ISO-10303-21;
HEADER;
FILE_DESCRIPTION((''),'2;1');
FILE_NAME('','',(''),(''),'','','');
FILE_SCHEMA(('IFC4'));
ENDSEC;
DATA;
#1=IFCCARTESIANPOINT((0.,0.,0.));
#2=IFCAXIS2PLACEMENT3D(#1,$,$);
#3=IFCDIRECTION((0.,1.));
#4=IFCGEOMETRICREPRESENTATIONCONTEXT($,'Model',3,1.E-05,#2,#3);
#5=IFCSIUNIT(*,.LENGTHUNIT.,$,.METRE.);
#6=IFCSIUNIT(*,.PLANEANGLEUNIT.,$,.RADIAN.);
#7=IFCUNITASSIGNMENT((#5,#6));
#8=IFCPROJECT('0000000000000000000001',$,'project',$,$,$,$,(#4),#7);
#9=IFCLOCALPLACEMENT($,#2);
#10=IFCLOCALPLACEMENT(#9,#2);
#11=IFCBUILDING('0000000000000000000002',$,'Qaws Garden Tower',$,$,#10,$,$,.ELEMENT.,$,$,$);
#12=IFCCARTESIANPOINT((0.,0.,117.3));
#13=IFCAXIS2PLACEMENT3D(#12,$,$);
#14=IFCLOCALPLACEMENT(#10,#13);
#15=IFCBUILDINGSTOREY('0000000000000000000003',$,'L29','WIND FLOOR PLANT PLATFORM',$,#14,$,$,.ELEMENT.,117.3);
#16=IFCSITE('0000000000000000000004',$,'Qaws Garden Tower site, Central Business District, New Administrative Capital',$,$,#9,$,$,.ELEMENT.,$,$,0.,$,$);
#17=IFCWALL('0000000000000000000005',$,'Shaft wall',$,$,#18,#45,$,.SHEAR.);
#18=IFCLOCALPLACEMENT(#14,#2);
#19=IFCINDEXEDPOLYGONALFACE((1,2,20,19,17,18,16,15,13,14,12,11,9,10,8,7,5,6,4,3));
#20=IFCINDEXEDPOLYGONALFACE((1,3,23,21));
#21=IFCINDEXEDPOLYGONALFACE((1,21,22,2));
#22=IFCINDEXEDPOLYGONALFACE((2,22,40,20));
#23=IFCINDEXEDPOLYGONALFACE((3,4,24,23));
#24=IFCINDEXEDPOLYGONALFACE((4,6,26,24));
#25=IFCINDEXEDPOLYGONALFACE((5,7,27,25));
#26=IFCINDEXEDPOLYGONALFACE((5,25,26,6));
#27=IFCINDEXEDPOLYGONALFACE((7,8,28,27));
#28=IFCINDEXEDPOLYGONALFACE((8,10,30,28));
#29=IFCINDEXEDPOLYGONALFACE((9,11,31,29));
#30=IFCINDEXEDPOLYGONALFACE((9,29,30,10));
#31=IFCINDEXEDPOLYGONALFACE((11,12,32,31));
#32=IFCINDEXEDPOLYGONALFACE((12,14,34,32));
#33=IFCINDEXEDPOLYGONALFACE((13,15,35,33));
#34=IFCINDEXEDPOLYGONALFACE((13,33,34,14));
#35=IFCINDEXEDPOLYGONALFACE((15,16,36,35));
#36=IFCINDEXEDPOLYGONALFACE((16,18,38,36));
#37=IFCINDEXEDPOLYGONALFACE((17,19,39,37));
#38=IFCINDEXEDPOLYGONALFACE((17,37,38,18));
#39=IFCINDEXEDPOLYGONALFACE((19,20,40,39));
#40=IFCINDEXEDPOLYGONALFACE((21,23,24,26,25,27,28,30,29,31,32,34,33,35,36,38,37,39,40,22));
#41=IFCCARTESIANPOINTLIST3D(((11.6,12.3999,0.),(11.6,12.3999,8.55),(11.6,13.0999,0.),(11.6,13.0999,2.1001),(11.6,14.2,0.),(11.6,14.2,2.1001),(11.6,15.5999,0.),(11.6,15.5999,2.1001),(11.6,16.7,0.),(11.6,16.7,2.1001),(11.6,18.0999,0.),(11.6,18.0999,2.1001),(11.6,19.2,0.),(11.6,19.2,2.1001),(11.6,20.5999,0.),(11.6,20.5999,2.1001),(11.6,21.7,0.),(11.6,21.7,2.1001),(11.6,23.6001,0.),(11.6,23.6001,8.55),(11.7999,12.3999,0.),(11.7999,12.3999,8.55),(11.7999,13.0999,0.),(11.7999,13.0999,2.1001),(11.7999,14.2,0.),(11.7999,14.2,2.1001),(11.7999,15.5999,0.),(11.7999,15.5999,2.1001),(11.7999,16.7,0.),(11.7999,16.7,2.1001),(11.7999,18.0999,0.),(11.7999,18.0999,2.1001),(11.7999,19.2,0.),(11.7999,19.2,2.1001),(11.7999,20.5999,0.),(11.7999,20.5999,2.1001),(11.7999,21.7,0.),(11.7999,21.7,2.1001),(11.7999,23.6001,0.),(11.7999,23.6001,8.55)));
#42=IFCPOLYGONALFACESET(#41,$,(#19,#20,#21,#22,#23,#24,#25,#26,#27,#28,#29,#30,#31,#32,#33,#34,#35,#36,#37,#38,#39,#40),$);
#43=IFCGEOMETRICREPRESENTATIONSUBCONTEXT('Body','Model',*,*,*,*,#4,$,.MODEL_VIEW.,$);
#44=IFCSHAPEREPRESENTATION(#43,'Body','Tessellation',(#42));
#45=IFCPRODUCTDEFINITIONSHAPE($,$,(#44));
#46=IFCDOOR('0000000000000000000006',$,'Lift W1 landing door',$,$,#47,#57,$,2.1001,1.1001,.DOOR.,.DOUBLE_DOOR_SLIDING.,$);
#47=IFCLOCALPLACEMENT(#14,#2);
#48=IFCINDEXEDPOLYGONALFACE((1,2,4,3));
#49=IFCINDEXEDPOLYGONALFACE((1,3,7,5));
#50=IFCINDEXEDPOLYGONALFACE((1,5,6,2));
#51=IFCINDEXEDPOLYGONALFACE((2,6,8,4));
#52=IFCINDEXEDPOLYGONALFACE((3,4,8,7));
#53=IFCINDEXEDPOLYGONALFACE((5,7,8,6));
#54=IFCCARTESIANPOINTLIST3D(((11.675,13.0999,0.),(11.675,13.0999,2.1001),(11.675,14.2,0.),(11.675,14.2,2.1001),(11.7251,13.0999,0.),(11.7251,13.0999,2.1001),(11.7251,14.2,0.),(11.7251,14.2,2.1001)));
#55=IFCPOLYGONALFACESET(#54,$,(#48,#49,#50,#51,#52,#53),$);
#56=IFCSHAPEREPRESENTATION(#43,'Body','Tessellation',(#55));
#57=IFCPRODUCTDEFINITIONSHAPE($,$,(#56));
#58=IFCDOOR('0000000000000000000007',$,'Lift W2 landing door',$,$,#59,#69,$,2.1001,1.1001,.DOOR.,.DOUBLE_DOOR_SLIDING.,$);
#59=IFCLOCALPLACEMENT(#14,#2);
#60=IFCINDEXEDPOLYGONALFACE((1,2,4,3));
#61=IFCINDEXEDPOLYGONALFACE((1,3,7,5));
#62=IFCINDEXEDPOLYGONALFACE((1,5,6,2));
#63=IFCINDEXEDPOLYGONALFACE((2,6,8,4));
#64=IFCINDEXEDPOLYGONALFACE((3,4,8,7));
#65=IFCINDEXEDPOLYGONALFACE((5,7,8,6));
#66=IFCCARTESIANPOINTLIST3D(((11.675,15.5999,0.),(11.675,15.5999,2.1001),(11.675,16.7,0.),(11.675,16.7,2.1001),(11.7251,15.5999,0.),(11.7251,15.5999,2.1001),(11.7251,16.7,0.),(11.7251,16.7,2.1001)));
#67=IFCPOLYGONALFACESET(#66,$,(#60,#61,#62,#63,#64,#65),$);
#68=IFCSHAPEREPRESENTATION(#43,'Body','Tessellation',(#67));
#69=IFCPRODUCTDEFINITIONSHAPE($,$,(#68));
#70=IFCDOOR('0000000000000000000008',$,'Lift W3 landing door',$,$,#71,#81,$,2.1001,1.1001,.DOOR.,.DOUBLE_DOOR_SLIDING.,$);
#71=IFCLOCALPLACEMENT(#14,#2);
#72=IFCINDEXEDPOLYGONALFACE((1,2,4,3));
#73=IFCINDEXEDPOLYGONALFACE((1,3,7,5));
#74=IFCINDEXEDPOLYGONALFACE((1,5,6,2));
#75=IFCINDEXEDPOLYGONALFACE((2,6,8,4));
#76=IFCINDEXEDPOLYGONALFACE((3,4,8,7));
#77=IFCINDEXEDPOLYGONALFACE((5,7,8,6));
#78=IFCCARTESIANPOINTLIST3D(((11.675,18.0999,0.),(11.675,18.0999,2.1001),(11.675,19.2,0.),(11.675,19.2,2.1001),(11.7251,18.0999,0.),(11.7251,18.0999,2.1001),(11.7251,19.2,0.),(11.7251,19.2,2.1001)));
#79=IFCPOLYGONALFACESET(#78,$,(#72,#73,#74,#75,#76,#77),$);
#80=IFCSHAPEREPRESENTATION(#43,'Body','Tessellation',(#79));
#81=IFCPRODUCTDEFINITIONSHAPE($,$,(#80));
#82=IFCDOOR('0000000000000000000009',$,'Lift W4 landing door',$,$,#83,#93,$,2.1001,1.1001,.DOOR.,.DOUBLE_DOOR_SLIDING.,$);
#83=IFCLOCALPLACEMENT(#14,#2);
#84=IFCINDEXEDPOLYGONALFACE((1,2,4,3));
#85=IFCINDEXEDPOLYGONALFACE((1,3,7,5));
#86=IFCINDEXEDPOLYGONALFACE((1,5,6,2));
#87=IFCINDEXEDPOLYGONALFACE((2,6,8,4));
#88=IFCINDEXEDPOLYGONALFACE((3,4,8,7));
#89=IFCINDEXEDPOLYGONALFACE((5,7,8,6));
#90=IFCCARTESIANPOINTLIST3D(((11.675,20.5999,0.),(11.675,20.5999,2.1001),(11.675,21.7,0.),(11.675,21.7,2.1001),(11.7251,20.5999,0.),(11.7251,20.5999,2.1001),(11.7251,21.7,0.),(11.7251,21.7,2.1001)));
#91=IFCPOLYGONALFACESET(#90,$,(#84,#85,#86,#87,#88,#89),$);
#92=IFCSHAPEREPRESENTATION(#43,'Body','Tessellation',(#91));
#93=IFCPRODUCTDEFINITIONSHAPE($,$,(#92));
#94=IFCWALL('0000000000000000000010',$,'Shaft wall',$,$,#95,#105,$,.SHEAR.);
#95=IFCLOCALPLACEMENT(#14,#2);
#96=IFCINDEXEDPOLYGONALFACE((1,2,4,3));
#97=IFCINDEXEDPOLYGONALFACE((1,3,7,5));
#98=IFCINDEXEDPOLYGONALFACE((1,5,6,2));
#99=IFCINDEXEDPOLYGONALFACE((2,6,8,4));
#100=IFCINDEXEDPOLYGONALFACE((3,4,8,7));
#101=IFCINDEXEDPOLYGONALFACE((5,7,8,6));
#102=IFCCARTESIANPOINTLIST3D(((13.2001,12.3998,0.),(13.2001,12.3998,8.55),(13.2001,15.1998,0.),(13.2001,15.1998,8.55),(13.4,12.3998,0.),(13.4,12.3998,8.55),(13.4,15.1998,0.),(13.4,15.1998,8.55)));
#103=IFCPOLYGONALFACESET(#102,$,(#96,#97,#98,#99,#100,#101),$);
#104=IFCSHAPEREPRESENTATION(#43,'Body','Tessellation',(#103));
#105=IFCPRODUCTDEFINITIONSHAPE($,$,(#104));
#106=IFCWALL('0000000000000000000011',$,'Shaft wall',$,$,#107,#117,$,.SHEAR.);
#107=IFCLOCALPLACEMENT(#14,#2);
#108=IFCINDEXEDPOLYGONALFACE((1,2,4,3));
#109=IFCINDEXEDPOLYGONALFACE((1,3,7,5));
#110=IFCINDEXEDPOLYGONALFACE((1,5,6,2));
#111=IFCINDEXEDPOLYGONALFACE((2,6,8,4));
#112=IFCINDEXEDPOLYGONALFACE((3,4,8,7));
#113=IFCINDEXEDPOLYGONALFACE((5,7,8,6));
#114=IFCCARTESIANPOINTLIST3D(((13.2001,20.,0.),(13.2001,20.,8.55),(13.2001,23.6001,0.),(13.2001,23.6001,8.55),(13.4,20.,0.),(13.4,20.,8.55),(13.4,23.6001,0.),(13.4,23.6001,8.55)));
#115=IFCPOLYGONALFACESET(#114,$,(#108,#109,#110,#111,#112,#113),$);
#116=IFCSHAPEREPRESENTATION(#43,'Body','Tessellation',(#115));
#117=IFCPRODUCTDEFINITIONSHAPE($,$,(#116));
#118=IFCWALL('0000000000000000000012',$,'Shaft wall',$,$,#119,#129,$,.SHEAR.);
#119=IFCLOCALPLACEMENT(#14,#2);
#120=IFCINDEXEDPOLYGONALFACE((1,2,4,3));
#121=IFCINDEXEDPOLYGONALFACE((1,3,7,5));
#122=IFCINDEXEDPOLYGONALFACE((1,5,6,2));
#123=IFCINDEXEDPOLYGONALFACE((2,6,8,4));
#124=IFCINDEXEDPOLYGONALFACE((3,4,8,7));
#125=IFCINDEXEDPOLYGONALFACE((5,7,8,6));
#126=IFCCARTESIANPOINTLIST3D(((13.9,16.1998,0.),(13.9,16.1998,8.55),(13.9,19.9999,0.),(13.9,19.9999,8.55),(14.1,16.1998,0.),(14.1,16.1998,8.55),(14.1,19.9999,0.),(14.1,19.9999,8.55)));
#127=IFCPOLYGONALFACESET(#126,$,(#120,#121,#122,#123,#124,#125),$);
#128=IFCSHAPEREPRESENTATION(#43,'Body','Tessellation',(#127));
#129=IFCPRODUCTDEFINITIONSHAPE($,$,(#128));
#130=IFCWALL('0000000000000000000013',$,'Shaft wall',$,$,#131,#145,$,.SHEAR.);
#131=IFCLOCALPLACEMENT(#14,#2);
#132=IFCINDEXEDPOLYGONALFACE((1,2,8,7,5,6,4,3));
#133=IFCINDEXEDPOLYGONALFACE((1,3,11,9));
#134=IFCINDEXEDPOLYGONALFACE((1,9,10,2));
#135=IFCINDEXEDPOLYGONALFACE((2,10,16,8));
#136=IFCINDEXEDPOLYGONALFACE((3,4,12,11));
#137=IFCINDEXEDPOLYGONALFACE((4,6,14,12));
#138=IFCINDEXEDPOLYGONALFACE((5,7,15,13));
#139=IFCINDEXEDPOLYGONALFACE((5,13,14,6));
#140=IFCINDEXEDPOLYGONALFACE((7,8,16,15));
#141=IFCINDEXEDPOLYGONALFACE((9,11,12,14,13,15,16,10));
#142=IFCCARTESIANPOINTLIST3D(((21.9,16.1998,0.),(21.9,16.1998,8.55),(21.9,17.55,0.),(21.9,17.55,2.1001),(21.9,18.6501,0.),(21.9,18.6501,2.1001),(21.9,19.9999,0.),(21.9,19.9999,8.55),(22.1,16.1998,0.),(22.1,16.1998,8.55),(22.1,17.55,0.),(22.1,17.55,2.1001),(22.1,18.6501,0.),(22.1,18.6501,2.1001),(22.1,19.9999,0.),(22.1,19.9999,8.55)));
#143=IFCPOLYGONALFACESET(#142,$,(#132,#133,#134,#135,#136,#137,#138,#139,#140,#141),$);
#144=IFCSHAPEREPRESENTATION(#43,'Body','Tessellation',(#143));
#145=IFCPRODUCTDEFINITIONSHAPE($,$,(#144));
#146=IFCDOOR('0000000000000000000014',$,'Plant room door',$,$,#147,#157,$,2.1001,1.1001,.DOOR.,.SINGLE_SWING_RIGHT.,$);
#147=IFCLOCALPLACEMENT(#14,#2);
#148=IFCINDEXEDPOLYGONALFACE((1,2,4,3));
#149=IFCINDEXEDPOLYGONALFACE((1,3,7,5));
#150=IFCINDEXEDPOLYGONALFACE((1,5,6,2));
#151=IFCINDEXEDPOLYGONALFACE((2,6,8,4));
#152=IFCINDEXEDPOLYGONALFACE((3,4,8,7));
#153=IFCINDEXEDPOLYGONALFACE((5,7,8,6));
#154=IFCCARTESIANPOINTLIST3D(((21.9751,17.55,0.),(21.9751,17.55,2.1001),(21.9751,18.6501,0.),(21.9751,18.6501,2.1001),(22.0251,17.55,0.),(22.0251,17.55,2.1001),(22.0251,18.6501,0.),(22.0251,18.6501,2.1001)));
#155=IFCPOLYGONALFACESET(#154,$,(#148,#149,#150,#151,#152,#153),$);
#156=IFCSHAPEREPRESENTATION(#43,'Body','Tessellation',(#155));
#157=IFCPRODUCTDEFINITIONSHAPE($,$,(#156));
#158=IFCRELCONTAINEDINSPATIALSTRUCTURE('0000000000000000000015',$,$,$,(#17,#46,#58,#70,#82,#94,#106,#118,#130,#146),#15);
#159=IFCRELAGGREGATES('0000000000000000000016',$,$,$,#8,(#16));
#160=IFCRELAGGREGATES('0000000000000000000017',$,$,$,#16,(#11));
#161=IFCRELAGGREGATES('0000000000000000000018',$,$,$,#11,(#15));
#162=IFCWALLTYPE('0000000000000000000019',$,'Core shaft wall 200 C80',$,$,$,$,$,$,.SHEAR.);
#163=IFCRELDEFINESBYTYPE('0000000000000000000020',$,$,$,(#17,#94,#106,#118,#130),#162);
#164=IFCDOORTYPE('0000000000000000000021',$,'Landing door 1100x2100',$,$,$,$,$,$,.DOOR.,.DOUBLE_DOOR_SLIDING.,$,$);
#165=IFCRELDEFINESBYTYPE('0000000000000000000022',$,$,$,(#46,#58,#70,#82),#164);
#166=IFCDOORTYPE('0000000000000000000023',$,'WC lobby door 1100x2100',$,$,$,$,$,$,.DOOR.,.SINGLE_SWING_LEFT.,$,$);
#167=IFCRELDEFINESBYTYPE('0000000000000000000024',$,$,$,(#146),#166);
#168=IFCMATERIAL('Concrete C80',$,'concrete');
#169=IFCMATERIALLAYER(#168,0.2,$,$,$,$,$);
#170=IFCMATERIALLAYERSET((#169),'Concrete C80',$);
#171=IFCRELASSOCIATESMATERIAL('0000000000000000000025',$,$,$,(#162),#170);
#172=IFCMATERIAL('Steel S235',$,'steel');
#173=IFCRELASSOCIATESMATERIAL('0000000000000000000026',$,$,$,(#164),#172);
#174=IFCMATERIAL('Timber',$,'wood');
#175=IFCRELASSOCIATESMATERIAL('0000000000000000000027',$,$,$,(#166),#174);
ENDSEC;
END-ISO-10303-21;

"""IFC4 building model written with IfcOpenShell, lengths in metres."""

from ifc_helpers import new_model, si_unit, direction, frame, frame_2d, origin, place, context, subcontext, project, spatial, rectangle, extrude, material, layer, layer_set, type_object, element, fill, save


model = new_model("IFC4")

# Units and contexts
model_context = context("Model", 3, precision=1e-05, world=origin(), true_north=direction((0.0, 1.0)))
body_context = subcontext(model_context, "Body", "Model", "MODEL_VIEW")
ifc_project = project(units=[si_unit("LENGTHUNIT", "METRE"), si_unit("PLANEANGLEUNIT", "RADIAN")], contexts=[model_context])

# Site, building, storey
site_placement = place(None, origin())
site = spatial("IfcSite", under=ifc_project, at=site_placement, Name="Qaws Garden Tower site, Central Business District, New Administrative Capital", CompositionType="ELEMENT", RefElevation=0.0)
building_placement = place(site_placement, origin())
building = spatial("IfcBuilding", under=site, at=building_placement, Name="Qaws Garden Tower", CompositionType="ELEMENT")
storey_placement = place(building_placement, frame((0.0, 0.0, 117.3)))
storey = spatial("IfcBuildingStorey", under=building, at=storey_placement, Name="L29", Description="WIND FLOOR PLANT PLATFORM", CompositionType="ELEMENT", Elevation=117.3)

# Shared definitions
ifc_material_1 = material(Name="Concrete C80", Category="concrete")
ifc_layer = layer(ifc_material_1, 0.2)
ifc_layer_set = layer_set([ifc_layer], Name="Concrete C80")
wall_type = type_object("IfcWallType", Name="Core shaft wall 200 C80", PredefinedType="SHEAR", material=ifc_layer_set)
ifc_material_2 = material(Name="Steel S235", Category="steel")
door_type_1 = type_object("IfcDoorType", Name="Landing door 1100x2100", OperationType="DOUBLE_DOOR_SLIDING", PredefinedType="DOOR", material=ifc_material_2)

# Wall, openings, doors
wall_1_placement = place(storey_placement, frame((11.7, 12.3999, 0.0), z_axis=(0.0, 0.0, 1.0), x_axis=(0.0, 1.0, 0.0)))
wall_1 = element("IfcWall", 1, at=wall_1_placement, inside=storey, type_object=wall_type, Name="Shaft wall", PredefinedType="SHEAR", context=body_context, shape_type="SweptSolid", body=[
    extrude(rectangle(XDim=11.2002, YDim=0.2, at=frame_2d((5.6001, 0.0))), origin(), (0.0, 0.0, 1.0), 8.55),
])
opening_1_placement = place(wall_1_placement, frame((0.7, 0.0, 0.0)))
opening_1 = element("IfcOpeningElement", 2, at=opening_1_placement, cuts=wall_1, PredefinedType="OPENING", context=body_context, shape_type="SweptSolid", body=[
    extrude(rectangle(XDim=1.1001, YDim=2.1001, at=frame_2d((0.55, 1.05))), frame((0.0, 0.1099, 0.0), z_axis=(0.0, -1.0, 0.0), x_axis=(1.0, 0.0, 0.0)), (0.0, 0.0, 1.0), 0.22),
])
opening_2_placement = place(wall_1_placement, frame((3.2, 0.0, 0.0)))
opening_2 = element("IfcOpeningElement", 3, at=opening_2_placement, cuts=wall_1, PredefinedType="OPENING", context=body_context, shape_type="SweptSolid", body=[
    extrude(rectangle(XDim=1.1001, YDim=2.1001, at=frame_2d((0.55, 1.05))), frame((0.0, 0.1099, 0.0), z_axis=(0.0, -1.0, 0.0), x_axis=(1.0, 0.0, 0.0)), (0.0, 0.0, 1.0), 0.22),
])
opening_3_placement = place(wall_1_placement, frame((5.7, 0.0, 0.0)))
opening_3 = element("IfcOpeningElement", 4, at=opening_3_placement, cuts=wall_1, PredefinedType="OPENING", context=body_context, shape_type="SweptSolid", body=[
    extrude(rectangle(XDim=1.1001, YDim=2.1001, at=frame_2d((0.55, 1.05))), frame((0.0, 0.1099, 0.0), z_axis=(0.0, -1.0, 0.0), x_axis=(1.0, 0.0, 0.0)), (0.0, 0.0, 1.0), 0.22),
])
opening_4_placement = place(wall_1_placement, frame((8.2, 0.0, 0.0)))
opening_4 = element("IfcOpeningElement", 5, at=opening_4_placement, cuts=wall_1, PredefinedType="OPENING", context=body_context, shape_type="SweptSolid", body=[
    extrude(rectangle(XDim=1.1001, YDim=2.1001, at=frame_2d((0.55, 1.05))), frame((0.0, 0.1099, 0.0), z_axis=(0.0, -1.0, 0.0), x_axis=(1.0, 0.0, 0.0)), (0.0, 0.0, 1.0), 0.22),
])
door_1_placement = place(opening_1_placement, origin())
door_1 = element("IfcDoor", 6, at=door_1_placement, inside=storey, type_object=door_type_1, Name="Lift W1 landing door", OperationType="DOUBLE_DOOR_SLIDING", OverallHeight=2.1001, OverallWidth=1.1001, PredefinedType="DOOR", context=body_context, shape_type="SweptSolid", body=[
    extrude(rectangle(XDim=1.1001, YDim=2.1001, at=frame_2d((0.55, 1.05))), frame((0.0, 0.0249, 0.0), z_axis=(0.0, -1.0, 0.0), x_axis=(1.0, 0.0, 0.0)), (0.0, 0.0, 1.0), 0.05),
])
fill(opening_1, door_1)
door_2_placement = place(opening_2_placement, origin())
door_2 = element("IfcDoor", 7, at=door_2_placement, inside=storey, type_object=door_type_1, Name="Lift W2 landing door", OperationType="DOUBLE_DOOR_SLIDING", OverallHeight=2.1001, OverallWidth=1.1001, PredefinedType="DOOR", context=body_context, shape_type="SweptSolid", body=[
    extrude(rectangle(XDim=1.1001, YDim=2.1001, at=frame_2d((0.55, 1.05))), frame((0.0, 0.0249, 0.0), z_axis=(0.0, -1.0, 0.0), x_axis=(1.0, 0.0, 0.0)), (0.0, 0.0, 1.0), 0.05),
])
fill(opening_2, door_2)
door_3_placement = place(opening_3_placement, origin())
door_3 = element("IfcDoor", 8, at=door_3_placement, inside=storey, type_object=door_type_1, Name="Lift W3 landing door", OperationType="DOUBLE_DOOR_SLIDING", OverallHeight=2.1001, OverallWidth=1.1001, PredefinedType="DOOR", context=body_context, shape_type="SweptSolid", body=[
    extrude(rectangle(XDim=1.1001, YDim=2.1001, at=frame_2d((0.55, 1.05))), frame((0.0, 0.0249, 0.0), z_axis=(0.0, -1.0, 0.0), x_axis=(1.0, 0.0, 0.0)), (0.0, 0.0, 1.0), 0.05),
])
fill(opening_3, door_3)
door_4_placement = place(opening_4_placement, origin())
door_4 = element("IfcDoor", 9, at=door_4_placement, inside=storey, type_object=door_type_1, Name="Lift W4 landing door", OperationType="DOUBLE_DOOR_SLIDING", OverallHeight=2.1001, OverallWidth=1.1001, PredefinedType="DOOR", context=body_context, shape_type="SweptSolid", body=[
    extrude(rectangle(XDim=1.1001, YDim=2.1001, at=frame_2d((0.55, 1.05))), frame((0.0, 0.0249, 0.0), z_axis=(0.0, -1.0, 0.0), x_axis=(1.0, 0.0, 0.0)), (0.0, 0.0, 1.0), 0.05),
])
fill(opening_4, door_4)

# Walls
wall_2_placement = place(storey_placement, frame((13.3, 12.3999, 0.0), z_axis=(0.0, 0.0, 1.0), x_axis=(0.0, 1.0, 0.0)))
element("IfcWall", 10, at=wall_2_placement, inside=storey, type_object=wall_type, Name="Shaft wall", PredefinedType="SHEAR", context=body_context, shape_type="SweptSolid", body=[
    extrude(rectangle(XDim=2.8, YDim=0.2, at=frame_2d((1.3999, 0.0))), origin(), (0.0, 0.0, 1.0), 8.55),
])
wall_3_placement = place(storey_placement, frame((13.3, 20.0, 0.0), z_axis=(0.0, 0.0, 1.0), x_axis=(0.0, 1.0, 0.0)))
element("IfcWall", 11, at=wall_3_placement, inside=storey, type_object=wall_type, Name="Shaft wall", PredefinedType="SHEAR", context=body_context, shape_type="SweptSolid", body=[
    extrude(rectangle(XDim=3.6001, YDim=0.2, at=frame_2d((1.8, 0.0))), origin(), (0.0, 0.0, 1.0), 8.55),
])
wall_4_placement = place(storey_placement, frame((14.0, 16.2, 0.0), z_axis=(0.0, 0.0, 1.0), x_axis=(0.0, 1.0, 0.0)))
element("IfcWall", 12, at=wall_4_placement, inside=storey, type_object=wall_type, Name="Shaft wall", PredefinedType="SHEAR", context=body_context, shape_type="SweptSolid", body=[
    extrude(rectangle(XDim=3.8, YDim=0.2, at=frame_2d((1.8999, 0.0))), origin(), (0.0, 0.0, 1.0), 8.55),
])

# Wall, opening, door
wall_5_placement = place(storey_placement, frame((22.0, 16.2, 0.0), z_axis=(0.0, 0.0, 1.0), x_axis=(0.0, 1.0, 0.0)))
wall_5 = element("IfcWall", 13, at=wall_5_placement, inside=storey, type_object=wall_type, Name="Shaft wall", PredefinedType="SHEAR", context=body_context, shape_type="SweptSolid", body=[
    extrude(rectangle(XDim=3.8, YDim=0.2, at=frame_2d((1.8999, 0.0))), origin(), (0.0, 0.0, 1.0), 8.55),
])
opening_5_placement = place(wall_5_placement, frame((1.3501, 0.0, 0.0)))
opening_5 = element("IfcOpeningElement", 14, at=opening_5_placement, cuts=wall_5, PredefinedType="OPENING", context=body_context, shape_type="SweptSolid", body=[
    extrude(rectangle(XDim=1.1001, YDim=2.1001, at=frame_2d((0.55, 1.05))), frame((0.0, 0.1099, 0.0), z_axis=(0.0, -1.0, 0.0), x_axis=(1.0, 0.0, 0.0)), (0.0, 0.0, 1.0), 0.22),
])
ifc_material_3 = material(Name="Timber", Category="wood")
door_type_2 = type_object("IfcDoorType", Name="WC lobby door 1100x2100", OperationType="SINGLE_SWING_LEFT", PredefinedType="DOOR", material=ifc_material_3)
door_5_placement = place(opening_5_placement, origin())
door_5 = element("IfcDoor", 15, at=door_5_placement, inside=storey, type_object=door_type_2, Name="Plant room door", OperationType="SINGLE_SWING_RIGHT", OverallHeight=2.1001, OverallWidth=1.1001, PredefinedType="DOOR", context=body_context, shape_type="SweptSolid", body=[
    extrude(rectangle(XDim=1.1001, YDim=2.1001, at=frame_2d((0.55, 1.05))), frame((0.0, 0.0249, 0.0), z_axis=(0.0, -1.0, 0.0), x_axis=(1.0, 0.0, 0.0)), (0.0, 0.0, 1.0), 0.05),
])
fill(opening_5, door_5)

save(model, "model.ifc")
